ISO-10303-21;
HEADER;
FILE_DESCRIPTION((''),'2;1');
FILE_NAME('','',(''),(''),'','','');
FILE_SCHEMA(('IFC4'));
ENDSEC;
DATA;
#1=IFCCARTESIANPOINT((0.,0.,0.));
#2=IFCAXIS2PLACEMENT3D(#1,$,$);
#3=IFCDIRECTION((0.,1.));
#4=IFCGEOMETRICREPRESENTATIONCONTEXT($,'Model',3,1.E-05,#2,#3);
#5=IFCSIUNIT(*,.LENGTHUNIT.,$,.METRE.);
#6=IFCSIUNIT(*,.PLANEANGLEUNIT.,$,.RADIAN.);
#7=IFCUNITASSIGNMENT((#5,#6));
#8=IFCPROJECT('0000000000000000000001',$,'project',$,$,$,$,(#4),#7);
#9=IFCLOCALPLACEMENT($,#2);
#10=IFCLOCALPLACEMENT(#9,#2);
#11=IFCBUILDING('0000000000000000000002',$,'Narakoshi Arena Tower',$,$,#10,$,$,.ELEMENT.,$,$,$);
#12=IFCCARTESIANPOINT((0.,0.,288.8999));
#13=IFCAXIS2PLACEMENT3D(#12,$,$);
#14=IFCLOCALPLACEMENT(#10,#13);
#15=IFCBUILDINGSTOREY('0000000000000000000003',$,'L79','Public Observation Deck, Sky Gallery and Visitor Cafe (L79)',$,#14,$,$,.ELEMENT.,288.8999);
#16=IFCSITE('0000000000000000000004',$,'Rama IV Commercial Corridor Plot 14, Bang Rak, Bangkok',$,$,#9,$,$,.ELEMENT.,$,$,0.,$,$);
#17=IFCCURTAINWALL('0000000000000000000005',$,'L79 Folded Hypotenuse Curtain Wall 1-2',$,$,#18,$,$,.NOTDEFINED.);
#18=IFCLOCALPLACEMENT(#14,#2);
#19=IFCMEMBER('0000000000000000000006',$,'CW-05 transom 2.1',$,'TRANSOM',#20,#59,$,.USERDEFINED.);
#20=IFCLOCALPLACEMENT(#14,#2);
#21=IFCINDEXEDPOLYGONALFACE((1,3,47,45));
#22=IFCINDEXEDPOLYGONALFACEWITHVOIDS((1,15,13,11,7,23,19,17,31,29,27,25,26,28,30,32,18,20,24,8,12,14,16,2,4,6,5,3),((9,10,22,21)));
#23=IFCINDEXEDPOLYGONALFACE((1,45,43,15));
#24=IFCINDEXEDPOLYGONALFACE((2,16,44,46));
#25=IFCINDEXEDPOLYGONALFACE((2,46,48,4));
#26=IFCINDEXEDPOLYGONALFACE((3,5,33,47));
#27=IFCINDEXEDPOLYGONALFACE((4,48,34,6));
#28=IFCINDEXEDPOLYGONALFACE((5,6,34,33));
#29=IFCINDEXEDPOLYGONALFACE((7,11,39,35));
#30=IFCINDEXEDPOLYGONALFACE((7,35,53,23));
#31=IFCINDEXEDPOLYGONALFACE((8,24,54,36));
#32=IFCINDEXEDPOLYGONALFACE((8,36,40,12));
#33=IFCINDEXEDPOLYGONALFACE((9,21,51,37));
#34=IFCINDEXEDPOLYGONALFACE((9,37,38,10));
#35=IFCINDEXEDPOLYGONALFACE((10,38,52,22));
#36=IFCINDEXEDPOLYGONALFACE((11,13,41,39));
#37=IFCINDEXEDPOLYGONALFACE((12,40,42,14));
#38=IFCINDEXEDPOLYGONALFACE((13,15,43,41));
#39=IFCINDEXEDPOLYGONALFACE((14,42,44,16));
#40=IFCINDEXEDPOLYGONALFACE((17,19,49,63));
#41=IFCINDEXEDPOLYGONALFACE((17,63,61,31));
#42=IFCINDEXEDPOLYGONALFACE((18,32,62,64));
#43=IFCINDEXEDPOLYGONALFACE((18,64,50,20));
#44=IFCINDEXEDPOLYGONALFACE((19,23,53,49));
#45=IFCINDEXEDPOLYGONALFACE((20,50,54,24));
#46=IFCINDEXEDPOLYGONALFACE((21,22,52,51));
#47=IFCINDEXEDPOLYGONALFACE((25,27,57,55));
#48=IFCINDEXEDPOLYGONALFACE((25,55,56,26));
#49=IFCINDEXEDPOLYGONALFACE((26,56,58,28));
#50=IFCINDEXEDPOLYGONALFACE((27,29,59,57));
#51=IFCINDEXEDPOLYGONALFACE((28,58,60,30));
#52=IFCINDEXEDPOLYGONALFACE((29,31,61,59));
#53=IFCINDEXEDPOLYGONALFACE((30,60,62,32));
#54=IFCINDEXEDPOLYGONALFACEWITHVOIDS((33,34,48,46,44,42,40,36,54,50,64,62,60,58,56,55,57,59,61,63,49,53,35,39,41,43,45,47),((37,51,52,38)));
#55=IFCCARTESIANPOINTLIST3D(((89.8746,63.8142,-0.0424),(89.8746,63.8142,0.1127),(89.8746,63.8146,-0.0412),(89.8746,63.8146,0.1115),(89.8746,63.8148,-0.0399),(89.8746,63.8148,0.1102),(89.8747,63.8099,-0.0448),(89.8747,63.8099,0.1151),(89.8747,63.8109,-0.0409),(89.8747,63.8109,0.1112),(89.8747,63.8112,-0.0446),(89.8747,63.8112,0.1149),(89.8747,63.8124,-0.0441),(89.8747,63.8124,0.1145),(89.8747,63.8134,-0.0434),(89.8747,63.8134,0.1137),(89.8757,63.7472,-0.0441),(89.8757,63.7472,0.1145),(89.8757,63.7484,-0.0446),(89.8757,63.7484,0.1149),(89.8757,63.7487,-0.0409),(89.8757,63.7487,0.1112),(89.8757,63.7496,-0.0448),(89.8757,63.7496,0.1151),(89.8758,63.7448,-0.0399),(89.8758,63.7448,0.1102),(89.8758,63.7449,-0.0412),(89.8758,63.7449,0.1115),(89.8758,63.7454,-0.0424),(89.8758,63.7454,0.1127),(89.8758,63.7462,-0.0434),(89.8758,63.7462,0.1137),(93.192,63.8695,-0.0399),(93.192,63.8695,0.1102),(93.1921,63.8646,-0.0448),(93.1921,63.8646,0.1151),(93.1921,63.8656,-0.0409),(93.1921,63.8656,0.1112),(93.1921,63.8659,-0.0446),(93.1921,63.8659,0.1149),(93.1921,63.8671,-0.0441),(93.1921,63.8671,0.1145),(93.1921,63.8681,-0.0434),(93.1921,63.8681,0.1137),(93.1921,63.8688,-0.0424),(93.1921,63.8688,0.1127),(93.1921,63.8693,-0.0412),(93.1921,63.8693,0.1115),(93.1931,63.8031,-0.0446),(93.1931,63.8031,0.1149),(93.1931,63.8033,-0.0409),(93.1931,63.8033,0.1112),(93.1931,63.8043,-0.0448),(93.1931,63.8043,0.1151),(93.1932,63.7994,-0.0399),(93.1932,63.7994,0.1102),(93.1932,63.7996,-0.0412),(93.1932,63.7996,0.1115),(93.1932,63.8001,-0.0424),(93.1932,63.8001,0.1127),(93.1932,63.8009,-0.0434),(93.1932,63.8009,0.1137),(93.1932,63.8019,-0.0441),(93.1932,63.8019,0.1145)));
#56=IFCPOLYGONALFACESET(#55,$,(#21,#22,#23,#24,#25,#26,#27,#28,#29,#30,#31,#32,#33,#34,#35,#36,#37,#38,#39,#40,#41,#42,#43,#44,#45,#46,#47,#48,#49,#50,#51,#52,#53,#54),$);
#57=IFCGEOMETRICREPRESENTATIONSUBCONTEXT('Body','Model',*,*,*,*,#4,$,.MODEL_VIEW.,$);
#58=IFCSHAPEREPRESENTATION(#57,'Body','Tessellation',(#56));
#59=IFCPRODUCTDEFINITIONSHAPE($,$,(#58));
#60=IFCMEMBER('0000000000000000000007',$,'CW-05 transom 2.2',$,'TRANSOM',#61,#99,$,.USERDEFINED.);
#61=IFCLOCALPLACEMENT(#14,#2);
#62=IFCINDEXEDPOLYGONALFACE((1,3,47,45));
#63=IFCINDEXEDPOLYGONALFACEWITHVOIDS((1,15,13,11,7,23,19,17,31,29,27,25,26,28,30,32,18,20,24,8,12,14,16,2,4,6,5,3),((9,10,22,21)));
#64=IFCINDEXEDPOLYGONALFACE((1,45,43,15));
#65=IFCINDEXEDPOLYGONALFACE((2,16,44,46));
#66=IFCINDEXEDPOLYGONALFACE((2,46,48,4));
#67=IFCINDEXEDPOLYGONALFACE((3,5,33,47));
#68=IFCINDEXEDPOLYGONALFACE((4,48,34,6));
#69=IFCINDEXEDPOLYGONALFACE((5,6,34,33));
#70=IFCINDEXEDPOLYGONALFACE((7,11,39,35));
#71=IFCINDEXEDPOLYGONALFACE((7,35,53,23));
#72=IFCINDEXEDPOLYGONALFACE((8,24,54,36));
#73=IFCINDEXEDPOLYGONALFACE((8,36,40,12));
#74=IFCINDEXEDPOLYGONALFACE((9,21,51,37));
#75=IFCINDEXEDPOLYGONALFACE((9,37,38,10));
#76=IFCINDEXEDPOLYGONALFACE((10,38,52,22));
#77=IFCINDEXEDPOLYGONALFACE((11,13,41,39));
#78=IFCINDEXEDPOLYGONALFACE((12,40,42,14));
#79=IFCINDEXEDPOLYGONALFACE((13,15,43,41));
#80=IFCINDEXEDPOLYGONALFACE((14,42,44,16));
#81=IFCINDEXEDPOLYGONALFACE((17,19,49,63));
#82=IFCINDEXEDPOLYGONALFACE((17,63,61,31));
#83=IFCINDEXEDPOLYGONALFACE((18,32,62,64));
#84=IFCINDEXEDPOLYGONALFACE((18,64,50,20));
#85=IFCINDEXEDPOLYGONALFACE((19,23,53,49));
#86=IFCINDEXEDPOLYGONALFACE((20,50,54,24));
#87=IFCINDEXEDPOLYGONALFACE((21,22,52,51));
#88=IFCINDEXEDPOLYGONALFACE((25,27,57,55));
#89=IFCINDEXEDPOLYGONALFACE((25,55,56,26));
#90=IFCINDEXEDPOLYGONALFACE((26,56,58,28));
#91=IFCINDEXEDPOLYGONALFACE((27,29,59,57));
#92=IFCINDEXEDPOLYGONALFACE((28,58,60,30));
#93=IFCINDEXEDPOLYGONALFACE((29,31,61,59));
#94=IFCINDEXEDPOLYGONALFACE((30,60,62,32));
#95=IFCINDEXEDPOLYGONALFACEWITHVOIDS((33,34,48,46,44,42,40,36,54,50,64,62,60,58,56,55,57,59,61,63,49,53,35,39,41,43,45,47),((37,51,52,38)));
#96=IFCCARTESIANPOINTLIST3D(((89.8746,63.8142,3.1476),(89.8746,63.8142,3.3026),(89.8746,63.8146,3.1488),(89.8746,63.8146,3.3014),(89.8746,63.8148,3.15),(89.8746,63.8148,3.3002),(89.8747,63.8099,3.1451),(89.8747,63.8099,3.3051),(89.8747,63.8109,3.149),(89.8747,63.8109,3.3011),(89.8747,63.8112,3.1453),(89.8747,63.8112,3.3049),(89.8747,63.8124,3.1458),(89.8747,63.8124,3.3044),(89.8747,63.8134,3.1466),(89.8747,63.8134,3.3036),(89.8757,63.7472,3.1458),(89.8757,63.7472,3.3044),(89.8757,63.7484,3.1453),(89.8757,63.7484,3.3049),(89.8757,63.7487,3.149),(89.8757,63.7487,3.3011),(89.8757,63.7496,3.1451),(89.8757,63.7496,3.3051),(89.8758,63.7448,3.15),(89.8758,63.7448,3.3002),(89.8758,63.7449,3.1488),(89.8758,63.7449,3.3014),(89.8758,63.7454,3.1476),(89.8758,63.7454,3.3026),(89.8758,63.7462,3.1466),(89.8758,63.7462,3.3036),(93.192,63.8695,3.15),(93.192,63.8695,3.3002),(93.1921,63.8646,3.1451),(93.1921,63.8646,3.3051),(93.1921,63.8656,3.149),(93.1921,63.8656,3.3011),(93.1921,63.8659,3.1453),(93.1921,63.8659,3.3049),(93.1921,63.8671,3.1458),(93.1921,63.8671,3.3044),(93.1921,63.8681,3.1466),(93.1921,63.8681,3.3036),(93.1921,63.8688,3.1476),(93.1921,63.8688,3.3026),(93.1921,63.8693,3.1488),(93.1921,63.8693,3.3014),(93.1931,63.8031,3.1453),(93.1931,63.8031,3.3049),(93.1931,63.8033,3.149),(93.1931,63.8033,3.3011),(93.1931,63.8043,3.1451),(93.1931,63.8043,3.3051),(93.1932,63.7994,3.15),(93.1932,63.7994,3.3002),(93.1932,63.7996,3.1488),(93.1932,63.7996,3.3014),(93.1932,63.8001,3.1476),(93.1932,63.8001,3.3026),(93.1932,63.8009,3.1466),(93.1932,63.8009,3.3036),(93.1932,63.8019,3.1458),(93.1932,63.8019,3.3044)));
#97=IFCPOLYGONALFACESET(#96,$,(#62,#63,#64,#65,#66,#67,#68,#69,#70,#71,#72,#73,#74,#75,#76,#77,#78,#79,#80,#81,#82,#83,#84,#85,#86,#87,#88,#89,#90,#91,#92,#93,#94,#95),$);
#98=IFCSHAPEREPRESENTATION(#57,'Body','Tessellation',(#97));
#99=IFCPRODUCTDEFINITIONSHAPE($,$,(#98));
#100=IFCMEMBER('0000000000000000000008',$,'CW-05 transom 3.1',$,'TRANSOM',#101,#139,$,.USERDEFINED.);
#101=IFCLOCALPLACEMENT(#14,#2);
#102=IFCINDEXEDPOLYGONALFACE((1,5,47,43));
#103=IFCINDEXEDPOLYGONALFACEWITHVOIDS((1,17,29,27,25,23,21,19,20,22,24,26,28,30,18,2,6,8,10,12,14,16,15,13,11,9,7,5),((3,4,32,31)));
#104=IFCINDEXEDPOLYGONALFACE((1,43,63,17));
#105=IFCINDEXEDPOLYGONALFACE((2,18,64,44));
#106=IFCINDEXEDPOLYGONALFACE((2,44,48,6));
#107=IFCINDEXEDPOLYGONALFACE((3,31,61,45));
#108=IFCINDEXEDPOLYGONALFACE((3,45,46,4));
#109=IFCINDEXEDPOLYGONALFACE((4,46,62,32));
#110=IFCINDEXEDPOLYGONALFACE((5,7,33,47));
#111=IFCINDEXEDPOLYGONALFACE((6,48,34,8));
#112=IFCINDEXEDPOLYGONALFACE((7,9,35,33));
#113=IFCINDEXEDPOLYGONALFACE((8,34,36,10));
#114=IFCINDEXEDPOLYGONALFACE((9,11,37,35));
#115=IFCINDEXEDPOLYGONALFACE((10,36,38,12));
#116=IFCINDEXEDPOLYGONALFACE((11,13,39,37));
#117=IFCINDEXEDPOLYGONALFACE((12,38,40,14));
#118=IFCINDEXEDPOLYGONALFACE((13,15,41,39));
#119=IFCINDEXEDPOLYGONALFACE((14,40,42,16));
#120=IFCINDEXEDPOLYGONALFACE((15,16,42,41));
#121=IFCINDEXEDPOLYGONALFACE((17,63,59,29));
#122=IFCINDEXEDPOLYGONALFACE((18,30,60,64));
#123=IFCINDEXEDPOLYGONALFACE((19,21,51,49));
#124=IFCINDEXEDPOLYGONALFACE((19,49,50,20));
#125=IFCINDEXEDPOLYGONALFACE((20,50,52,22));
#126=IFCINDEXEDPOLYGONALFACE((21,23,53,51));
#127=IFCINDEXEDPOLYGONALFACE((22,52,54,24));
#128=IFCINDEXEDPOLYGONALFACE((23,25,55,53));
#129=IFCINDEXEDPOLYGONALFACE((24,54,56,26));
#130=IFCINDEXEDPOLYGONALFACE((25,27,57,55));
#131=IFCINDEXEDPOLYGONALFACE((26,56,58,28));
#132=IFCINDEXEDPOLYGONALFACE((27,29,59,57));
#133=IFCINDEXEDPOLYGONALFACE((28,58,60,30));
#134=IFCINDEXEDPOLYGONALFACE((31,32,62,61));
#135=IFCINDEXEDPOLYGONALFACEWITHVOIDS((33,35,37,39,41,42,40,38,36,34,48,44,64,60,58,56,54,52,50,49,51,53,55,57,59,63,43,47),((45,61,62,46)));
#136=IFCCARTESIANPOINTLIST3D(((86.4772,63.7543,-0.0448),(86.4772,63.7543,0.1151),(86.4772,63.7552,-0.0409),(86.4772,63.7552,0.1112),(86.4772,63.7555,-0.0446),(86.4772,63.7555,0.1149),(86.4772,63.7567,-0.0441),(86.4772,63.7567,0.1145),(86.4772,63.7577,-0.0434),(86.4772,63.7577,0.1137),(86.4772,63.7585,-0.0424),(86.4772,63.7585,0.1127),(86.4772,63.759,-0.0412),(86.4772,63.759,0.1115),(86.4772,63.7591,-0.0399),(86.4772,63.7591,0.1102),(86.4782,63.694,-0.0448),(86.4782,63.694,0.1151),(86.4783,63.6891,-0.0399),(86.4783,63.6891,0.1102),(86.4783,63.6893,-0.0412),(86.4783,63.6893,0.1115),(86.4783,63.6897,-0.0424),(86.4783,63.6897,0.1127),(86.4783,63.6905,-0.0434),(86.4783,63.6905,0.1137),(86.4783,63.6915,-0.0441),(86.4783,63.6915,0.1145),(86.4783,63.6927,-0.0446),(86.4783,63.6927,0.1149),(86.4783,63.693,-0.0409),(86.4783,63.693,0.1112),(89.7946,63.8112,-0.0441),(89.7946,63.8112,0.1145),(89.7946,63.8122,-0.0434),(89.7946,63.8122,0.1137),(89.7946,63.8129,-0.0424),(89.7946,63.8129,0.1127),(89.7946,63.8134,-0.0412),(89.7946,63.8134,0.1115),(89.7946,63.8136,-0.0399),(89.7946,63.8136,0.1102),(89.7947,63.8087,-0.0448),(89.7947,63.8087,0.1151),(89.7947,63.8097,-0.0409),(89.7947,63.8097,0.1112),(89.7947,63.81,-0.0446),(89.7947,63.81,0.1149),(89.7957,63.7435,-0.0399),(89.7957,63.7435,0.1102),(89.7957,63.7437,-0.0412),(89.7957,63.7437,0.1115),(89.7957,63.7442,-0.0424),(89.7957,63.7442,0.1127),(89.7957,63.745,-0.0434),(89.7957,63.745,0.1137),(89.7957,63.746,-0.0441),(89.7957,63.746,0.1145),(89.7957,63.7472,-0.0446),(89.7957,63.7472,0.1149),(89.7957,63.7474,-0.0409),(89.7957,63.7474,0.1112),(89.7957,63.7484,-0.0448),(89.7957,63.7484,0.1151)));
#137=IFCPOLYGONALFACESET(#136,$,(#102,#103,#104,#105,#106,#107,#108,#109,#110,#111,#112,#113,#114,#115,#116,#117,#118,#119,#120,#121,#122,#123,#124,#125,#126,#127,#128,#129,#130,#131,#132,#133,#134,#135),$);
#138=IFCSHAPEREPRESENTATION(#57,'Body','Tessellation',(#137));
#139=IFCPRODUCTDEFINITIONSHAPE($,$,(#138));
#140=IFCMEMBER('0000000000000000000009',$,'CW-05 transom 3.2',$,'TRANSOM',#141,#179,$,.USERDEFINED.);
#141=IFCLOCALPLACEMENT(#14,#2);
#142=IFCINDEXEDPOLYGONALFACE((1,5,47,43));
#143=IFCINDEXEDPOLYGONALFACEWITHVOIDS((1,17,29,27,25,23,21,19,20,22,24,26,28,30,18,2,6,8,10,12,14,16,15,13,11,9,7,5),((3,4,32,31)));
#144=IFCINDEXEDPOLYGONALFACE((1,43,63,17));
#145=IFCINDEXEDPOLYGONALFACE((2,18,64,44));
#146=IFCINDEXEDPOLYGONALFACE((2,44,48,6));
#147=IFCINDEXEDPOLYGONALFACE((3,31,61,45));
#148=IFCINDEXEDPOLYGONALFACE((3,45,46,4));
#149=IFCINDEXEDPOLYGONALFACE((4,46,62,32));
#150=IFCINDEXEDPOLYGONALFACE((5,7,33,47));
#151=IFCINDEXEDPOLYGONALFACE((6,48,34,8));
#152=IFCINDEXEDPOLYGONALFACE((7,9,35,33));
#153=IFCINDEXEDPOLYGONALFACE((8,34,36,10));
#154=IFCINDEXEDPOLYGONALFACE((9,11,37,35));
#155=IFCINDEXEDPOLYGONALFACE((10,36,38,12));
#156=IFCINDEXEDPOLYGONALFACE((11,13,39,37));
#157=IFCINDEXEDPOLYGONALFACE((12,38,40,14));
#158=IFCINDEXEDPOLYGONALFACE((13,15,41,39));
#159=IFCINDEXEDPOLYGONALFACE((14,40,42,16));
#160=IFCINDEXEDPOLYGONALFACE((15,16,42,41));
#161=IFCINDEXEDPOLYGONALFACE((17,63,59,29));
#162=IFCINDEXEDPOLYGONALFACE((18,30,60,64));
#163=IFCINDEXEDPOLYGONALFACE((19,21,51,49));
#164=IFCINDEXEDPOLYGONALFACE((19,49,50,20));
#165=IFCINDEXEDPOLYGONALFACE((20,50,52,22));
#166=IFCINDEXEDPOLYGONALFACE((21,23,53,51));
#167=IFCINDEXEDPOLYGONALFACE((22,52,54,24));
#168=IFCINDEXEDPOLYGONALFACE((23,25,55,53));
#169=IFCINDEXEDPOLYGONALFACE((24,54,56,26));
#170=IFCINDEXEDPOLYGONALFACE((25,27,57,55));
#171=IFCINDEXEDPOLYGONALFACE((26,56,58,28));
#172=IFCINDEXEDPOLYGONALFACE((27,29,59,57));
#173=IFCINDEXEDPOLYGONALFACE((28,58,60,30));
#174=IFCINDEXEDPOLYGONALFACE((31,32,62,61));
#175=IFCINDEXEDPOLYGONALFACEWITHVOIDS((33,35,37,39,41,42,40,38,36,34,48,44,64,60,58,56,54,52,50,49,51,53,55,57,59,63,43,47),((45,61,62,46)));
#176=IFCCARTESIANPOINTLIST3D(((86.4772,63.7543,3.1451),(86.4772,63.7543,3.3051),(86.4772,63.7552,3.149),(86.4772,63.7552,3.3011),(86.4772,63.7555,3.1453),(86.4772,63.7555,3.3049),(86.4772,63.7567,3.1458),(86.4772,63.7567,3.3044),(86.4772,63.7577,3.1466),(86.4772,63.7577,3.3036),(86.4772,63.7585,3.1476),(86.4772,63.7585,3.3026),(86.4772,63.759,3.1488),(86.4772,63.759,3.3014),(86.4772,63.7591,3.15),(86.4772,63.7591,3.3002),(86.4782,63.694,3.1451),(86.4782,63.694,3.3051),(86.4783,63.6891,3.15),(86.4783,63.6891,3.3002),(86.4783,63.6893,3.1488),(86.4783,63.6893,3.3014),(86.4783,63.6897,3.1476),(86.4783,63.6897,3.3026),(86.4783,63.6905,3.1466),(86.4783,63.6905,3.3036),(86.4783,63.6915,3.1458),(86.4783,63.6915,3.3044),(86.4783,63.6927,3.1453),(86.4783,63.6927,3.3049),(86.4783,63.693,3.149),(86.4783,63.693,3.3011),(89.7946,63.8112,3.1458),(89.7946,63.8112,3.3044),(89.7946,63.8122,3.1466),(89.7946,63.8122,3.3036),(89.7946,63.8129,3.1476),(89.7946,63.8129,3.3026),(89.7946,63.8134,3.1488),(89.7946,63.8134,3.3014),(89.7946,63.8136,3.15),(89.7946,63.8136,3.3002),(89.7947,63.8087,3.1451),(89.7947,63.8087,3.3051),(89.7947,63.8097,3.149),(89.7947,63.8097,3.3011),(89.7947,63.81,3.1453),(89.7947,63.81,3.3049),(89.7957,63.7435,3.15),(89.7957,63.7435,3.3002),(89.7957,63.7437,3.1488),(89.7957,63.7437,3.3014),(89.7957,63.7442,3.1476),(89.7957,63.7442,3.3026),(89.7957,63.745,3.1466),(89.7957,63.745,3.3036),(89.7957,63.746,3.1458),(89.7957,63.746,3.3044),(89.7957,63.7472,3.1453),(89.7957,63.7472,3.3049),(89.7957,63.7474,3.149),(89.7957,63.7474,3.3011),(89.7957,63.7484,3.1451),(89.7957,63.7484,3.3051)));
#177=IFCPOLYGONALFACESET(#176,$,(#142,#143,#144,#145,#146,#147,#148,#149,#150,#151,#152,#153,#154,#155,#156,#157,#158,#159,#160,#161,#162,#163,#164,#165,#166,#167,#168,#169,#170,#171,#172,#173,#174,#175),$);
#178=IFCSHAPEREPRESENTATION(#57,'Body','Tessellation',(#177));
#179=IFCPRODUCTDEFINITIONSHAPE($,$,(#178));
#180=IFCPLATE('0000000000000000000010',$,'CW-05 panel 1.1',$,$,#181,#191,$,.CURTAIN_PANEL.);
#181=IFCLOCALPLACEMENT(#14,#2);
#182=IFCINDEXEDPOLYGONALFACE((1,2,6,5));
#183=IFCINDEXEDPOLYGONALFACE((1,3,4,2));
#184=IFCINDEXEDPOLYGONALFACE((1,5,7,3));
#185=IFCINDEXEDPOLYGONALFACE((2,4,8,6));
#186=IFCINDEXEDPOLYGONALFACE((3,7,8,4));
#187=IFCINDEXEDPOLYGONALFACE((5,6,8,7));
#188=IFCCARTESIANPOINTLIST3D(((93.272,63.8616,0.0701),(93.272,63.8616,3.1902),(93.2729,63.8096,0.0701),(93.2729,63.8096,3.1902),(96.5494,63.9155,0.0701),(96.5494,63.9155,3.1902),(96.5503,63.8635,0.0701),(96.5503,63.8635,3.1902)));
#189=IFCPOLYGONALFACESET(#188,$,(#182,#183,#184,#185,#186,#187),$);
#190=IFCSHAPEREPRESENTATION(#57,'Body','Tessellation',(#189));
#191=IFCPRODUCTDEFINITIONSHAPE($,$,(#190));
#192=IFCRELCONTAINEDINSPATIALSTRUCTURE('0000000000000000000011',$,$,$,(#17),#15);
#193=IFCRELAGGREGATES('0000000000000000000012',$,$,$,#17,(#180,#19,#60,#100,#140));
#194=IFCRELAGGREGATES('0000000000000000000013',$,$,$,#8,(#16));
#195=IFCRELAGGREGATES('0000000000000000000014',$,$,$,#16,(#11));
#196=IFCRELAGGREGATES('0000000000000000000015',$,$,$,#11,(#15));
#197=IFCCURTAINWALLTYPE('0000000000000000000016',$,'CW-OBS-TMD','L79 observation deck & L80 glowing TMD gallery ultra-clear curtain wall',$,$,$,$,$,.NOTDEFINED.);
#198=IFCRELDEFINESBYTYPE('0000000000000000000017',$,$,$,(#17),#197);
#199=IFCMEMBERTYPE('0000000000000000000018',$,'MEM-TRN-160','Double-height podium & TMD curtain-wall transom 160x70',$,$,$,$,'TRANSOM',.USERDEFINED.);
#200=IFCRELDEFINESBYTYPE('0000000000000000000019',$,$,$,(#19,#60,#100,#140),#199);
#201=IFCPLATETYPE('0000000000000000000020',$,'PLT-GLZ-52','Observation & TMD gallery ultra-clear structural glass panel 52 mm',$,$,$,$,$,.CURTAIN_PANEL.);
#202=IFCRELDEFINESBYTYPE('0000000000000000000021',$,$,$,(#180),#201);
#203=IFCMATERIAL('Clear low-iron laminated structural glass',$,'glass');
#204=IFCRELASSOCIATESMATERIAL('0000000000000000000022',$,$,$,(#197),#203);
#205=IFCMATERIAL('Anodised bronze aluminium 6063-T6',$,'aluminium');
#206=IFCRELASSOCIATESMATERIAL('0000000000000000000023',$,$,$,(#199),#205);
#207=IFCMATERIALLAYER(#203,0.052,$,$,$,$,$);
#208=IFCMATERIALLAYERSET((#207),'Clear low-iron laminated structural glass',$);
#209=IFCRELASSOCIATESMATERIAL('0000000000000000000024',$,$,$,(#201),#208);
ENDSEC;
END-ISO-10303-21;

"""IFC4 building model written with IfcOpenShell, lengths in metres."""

from ifc_helpers import new_model, si_unit, direction, frame, origin, origin_2d, place, context, subcontext, project, spatial, rectangle, hollow_rectangle, extrude, material, layer, layer_set, material_profile, profile_set, type_object, element, aggregate, save


model = new_model("IFC4")

# Units and contexts
model_context = context("Model", 3, precision=1e-05, world=origin(), true_north=direction((0.0, 1.0)))
body_context = subcontext(model_context, "Body", "Model", "MODEL_VIEW")
ifc_project = project(units=[si_unit("LENGTHUNIT", "METRE"), si_unit("PLANEANGLEUNIT", "RADIAN")], contexts=[model_context])

# Site, building, storey
site_placement = place(None, origin())
site = spatial("IfcSite", under=ifc_project, at=site_placement, Name="Rama IV Commercial Corridor Plot 14, Bang Rak, Bangkok", CompositionType="ELEMENT", RefElevation=0.0)
building_placement = place(site_placement, origin())
building = spatial("IfcBuilding", under=site, at=building_placement, Name="Narakoshi Arena Tower", CompositionType="ELEMENT")
storey_placement = place(building_placement, frame((0.0, 0.0, 288.8999)))
storey = spatial("IfcBuildingStorey", under=building, at=storey_placement, Name="L79", Description="Public Observation Deck, Sky Gallery and Visitor Cafe (L79)", CompositionType="ELEMENT", Elevation=288.8999)

# Curtain wall, members, plate
ifc_material_1 = material(Name="Clear low-iron laminated structural glass", Category="glass")
curtain_wall_type = type_object("IfcCurtainWallType", Name="CW-OBS-TMD", Description="L79 observation deck & L80 glowing TMD gallery ultra-clear curtain wall", PredefinedType="NOTDEFINED", material=ifc_material_1)
curtain_wall_placement = place(storey_placement, origin())
curtain_wall = element("IfcCurtainWall", 1, at=curtain_wall_placement, inside=storey, type_object=curtain_wall_type, Name="L79 Folded Hypotenuse Curtain Wall 1-2", PredefinedType="NOTDEFINED")
ifc_material_2 = material(Name="Anodised bronze aluminium 6063-T6", Category="aluminium")
ifc_material_profile_1 = material_profile(ifc_material_2, hollow_rectangle(XDim=0.0701, YDim=0.1599, WallThickness=0.0039, OuterFilletRadius=0.0049, at=origin_2d()), Name="TRN160x70x4")
ifc_profile_set_1 = profile_set([ifc_material_profile_1], Name="Anodised bronze aluminium 6063-T6")
member_type_1 = type_object("IfcMemberType", Name="MEM-TRN-160", Description="Double-height podium & TMD curtain-wall transom 160x70", ElementType="TRANSOM", PredefinedType="USERDEFINED", material=ifc_profile_set_1)
member_1_placement = place(storey_placement, frame((93.1926, 63.8345, 0.0352), z_axis=(-0.999864, -0.016483, 0.0), x_axis=(0.016483, -0.999864, 0.0)))
member_1 = element("IfcMember", 2, at=member_1_placement, type_object=member_type_1, Name="CW-05 transom 2.1", ObjectType="TRANSOM", PredefinedType="USERDEFINED", context=body_context, shape_type="SweptSolid", body=[
    extrude(hollow_rectangle(XDim=0.0701, YDim=0.1599, WallThickness=0.0039, OuterFilletRadius=0.0049, at=origin_2d()), origin(), (0.0, 0.0, 1.0), 3.3179),
])
member_2_placement = place(storey_placement, frame((93.1926, 63.8345, 3.2251), z_axis=(-0.999864, -0.016483, 0.0), x_axis=(0.016483, -0.999864, 0.0)))
member_2 = element("IfcMember", 3, at=member_2_placement, type_object=member_type_1, Name="CW-05 transom 2.2", ObjectType="TRANSOM", PredefinedType="USERDEFINED", context=body_context, shape_type="SweptSolid", body=[
    extrude(hollow_rectangle(XDim=0.0701, YDim=0.1599, WallThickness=0.0039, OuterFilletRadius=0.0049, at=origin_2d()), origin(), (0.0, 0.0, 1.0), 3.3179),
])
member_3_placement = place(storey_placement, frame((89.7952, 63.7786, 0.0352), z_axis=(-0.999865, -0.016409, 0.0), x_axis=(0.016409, -0.999865, 0.0)))
member_3 = element("IfcMember", 4, at=member_3_placement, type_object=member_type_1, Name="CW-05 transom 3.1", ObjectType="TRANSOM", PredefinedType="USERDEFINED", context=body_context, shape_type="SweptSolid", body=[
    extrude(hollow_rectangle(XDim=0.0701, YDim=0.1599, WallThickness=0.0039, OuterFilletRadius=0.0049, at=origin_2d()), origin(), (0.0, 0.0, 1.0), 3.3179),
])
member_4_placement = place(storey_placement, frame((89.7952, 63.7786, 3.2251), z_axis=(-0.999865, -0.016409, 0.0), x_axis=(0.016409, -0.999865, 0.0)))
member_4 = element("IfcMember", 5, at=member_4_placement, type_object=member_type_1, Name="CW-05 transom 3.2", ObjectType="TRANSOM", PredefinedType="USERDEFINED", context=body_context, shape_type="SweptSolid", body=[
    extrude(hollow_rectangle(XDim=0.0701, YDim=0.1599, WallThickness=0.0039, OuterFilletRadius=0.0049, at=origin_2d()), origin(), (0.0, 0.0, 1.0), 3.3179),
])
ifc_layer_1 = layer(ifc_material_1, 0.052)
ifc_layer_set_1 = layer_set([ifc_layer_1], Name="Clear low-iron laminated structural glass")
plate_type = type_object("IfcPlateType", Name="PLT-GLZ-52", Description="Observation & TMD gallery ultra-clear structural glass panel 52 mm", PredefinedType="CURTAIN_PANEL", material=ifc_layer_set_1)
plate_1_placement = place(storey_placement, frame((94.9111, 63.8625, 0.0701), z_axis=(0.0, 0.0, 1.0), x_axis=(-0.999865, -0.016437, 0.0)))
plate_1 = element("IfcPlate", 6, at=plate_1_placement, type_object=plate_type, Name="CW-05 panel 1.1", PredefinedType="CURTAIN_PANEL", context=body_context, shape_type="SweptSolid", body=[
    extrude(rectangle(XDim=3.2778, YDim=0.052, at=origin_2d()), origin(), (0.0, 0.0, 1.0), 3.1201),
])
aggregate(curtain_wall, [plate_1, member_1, member_2, member_3, member_4])

save(model, "model.ifc")
